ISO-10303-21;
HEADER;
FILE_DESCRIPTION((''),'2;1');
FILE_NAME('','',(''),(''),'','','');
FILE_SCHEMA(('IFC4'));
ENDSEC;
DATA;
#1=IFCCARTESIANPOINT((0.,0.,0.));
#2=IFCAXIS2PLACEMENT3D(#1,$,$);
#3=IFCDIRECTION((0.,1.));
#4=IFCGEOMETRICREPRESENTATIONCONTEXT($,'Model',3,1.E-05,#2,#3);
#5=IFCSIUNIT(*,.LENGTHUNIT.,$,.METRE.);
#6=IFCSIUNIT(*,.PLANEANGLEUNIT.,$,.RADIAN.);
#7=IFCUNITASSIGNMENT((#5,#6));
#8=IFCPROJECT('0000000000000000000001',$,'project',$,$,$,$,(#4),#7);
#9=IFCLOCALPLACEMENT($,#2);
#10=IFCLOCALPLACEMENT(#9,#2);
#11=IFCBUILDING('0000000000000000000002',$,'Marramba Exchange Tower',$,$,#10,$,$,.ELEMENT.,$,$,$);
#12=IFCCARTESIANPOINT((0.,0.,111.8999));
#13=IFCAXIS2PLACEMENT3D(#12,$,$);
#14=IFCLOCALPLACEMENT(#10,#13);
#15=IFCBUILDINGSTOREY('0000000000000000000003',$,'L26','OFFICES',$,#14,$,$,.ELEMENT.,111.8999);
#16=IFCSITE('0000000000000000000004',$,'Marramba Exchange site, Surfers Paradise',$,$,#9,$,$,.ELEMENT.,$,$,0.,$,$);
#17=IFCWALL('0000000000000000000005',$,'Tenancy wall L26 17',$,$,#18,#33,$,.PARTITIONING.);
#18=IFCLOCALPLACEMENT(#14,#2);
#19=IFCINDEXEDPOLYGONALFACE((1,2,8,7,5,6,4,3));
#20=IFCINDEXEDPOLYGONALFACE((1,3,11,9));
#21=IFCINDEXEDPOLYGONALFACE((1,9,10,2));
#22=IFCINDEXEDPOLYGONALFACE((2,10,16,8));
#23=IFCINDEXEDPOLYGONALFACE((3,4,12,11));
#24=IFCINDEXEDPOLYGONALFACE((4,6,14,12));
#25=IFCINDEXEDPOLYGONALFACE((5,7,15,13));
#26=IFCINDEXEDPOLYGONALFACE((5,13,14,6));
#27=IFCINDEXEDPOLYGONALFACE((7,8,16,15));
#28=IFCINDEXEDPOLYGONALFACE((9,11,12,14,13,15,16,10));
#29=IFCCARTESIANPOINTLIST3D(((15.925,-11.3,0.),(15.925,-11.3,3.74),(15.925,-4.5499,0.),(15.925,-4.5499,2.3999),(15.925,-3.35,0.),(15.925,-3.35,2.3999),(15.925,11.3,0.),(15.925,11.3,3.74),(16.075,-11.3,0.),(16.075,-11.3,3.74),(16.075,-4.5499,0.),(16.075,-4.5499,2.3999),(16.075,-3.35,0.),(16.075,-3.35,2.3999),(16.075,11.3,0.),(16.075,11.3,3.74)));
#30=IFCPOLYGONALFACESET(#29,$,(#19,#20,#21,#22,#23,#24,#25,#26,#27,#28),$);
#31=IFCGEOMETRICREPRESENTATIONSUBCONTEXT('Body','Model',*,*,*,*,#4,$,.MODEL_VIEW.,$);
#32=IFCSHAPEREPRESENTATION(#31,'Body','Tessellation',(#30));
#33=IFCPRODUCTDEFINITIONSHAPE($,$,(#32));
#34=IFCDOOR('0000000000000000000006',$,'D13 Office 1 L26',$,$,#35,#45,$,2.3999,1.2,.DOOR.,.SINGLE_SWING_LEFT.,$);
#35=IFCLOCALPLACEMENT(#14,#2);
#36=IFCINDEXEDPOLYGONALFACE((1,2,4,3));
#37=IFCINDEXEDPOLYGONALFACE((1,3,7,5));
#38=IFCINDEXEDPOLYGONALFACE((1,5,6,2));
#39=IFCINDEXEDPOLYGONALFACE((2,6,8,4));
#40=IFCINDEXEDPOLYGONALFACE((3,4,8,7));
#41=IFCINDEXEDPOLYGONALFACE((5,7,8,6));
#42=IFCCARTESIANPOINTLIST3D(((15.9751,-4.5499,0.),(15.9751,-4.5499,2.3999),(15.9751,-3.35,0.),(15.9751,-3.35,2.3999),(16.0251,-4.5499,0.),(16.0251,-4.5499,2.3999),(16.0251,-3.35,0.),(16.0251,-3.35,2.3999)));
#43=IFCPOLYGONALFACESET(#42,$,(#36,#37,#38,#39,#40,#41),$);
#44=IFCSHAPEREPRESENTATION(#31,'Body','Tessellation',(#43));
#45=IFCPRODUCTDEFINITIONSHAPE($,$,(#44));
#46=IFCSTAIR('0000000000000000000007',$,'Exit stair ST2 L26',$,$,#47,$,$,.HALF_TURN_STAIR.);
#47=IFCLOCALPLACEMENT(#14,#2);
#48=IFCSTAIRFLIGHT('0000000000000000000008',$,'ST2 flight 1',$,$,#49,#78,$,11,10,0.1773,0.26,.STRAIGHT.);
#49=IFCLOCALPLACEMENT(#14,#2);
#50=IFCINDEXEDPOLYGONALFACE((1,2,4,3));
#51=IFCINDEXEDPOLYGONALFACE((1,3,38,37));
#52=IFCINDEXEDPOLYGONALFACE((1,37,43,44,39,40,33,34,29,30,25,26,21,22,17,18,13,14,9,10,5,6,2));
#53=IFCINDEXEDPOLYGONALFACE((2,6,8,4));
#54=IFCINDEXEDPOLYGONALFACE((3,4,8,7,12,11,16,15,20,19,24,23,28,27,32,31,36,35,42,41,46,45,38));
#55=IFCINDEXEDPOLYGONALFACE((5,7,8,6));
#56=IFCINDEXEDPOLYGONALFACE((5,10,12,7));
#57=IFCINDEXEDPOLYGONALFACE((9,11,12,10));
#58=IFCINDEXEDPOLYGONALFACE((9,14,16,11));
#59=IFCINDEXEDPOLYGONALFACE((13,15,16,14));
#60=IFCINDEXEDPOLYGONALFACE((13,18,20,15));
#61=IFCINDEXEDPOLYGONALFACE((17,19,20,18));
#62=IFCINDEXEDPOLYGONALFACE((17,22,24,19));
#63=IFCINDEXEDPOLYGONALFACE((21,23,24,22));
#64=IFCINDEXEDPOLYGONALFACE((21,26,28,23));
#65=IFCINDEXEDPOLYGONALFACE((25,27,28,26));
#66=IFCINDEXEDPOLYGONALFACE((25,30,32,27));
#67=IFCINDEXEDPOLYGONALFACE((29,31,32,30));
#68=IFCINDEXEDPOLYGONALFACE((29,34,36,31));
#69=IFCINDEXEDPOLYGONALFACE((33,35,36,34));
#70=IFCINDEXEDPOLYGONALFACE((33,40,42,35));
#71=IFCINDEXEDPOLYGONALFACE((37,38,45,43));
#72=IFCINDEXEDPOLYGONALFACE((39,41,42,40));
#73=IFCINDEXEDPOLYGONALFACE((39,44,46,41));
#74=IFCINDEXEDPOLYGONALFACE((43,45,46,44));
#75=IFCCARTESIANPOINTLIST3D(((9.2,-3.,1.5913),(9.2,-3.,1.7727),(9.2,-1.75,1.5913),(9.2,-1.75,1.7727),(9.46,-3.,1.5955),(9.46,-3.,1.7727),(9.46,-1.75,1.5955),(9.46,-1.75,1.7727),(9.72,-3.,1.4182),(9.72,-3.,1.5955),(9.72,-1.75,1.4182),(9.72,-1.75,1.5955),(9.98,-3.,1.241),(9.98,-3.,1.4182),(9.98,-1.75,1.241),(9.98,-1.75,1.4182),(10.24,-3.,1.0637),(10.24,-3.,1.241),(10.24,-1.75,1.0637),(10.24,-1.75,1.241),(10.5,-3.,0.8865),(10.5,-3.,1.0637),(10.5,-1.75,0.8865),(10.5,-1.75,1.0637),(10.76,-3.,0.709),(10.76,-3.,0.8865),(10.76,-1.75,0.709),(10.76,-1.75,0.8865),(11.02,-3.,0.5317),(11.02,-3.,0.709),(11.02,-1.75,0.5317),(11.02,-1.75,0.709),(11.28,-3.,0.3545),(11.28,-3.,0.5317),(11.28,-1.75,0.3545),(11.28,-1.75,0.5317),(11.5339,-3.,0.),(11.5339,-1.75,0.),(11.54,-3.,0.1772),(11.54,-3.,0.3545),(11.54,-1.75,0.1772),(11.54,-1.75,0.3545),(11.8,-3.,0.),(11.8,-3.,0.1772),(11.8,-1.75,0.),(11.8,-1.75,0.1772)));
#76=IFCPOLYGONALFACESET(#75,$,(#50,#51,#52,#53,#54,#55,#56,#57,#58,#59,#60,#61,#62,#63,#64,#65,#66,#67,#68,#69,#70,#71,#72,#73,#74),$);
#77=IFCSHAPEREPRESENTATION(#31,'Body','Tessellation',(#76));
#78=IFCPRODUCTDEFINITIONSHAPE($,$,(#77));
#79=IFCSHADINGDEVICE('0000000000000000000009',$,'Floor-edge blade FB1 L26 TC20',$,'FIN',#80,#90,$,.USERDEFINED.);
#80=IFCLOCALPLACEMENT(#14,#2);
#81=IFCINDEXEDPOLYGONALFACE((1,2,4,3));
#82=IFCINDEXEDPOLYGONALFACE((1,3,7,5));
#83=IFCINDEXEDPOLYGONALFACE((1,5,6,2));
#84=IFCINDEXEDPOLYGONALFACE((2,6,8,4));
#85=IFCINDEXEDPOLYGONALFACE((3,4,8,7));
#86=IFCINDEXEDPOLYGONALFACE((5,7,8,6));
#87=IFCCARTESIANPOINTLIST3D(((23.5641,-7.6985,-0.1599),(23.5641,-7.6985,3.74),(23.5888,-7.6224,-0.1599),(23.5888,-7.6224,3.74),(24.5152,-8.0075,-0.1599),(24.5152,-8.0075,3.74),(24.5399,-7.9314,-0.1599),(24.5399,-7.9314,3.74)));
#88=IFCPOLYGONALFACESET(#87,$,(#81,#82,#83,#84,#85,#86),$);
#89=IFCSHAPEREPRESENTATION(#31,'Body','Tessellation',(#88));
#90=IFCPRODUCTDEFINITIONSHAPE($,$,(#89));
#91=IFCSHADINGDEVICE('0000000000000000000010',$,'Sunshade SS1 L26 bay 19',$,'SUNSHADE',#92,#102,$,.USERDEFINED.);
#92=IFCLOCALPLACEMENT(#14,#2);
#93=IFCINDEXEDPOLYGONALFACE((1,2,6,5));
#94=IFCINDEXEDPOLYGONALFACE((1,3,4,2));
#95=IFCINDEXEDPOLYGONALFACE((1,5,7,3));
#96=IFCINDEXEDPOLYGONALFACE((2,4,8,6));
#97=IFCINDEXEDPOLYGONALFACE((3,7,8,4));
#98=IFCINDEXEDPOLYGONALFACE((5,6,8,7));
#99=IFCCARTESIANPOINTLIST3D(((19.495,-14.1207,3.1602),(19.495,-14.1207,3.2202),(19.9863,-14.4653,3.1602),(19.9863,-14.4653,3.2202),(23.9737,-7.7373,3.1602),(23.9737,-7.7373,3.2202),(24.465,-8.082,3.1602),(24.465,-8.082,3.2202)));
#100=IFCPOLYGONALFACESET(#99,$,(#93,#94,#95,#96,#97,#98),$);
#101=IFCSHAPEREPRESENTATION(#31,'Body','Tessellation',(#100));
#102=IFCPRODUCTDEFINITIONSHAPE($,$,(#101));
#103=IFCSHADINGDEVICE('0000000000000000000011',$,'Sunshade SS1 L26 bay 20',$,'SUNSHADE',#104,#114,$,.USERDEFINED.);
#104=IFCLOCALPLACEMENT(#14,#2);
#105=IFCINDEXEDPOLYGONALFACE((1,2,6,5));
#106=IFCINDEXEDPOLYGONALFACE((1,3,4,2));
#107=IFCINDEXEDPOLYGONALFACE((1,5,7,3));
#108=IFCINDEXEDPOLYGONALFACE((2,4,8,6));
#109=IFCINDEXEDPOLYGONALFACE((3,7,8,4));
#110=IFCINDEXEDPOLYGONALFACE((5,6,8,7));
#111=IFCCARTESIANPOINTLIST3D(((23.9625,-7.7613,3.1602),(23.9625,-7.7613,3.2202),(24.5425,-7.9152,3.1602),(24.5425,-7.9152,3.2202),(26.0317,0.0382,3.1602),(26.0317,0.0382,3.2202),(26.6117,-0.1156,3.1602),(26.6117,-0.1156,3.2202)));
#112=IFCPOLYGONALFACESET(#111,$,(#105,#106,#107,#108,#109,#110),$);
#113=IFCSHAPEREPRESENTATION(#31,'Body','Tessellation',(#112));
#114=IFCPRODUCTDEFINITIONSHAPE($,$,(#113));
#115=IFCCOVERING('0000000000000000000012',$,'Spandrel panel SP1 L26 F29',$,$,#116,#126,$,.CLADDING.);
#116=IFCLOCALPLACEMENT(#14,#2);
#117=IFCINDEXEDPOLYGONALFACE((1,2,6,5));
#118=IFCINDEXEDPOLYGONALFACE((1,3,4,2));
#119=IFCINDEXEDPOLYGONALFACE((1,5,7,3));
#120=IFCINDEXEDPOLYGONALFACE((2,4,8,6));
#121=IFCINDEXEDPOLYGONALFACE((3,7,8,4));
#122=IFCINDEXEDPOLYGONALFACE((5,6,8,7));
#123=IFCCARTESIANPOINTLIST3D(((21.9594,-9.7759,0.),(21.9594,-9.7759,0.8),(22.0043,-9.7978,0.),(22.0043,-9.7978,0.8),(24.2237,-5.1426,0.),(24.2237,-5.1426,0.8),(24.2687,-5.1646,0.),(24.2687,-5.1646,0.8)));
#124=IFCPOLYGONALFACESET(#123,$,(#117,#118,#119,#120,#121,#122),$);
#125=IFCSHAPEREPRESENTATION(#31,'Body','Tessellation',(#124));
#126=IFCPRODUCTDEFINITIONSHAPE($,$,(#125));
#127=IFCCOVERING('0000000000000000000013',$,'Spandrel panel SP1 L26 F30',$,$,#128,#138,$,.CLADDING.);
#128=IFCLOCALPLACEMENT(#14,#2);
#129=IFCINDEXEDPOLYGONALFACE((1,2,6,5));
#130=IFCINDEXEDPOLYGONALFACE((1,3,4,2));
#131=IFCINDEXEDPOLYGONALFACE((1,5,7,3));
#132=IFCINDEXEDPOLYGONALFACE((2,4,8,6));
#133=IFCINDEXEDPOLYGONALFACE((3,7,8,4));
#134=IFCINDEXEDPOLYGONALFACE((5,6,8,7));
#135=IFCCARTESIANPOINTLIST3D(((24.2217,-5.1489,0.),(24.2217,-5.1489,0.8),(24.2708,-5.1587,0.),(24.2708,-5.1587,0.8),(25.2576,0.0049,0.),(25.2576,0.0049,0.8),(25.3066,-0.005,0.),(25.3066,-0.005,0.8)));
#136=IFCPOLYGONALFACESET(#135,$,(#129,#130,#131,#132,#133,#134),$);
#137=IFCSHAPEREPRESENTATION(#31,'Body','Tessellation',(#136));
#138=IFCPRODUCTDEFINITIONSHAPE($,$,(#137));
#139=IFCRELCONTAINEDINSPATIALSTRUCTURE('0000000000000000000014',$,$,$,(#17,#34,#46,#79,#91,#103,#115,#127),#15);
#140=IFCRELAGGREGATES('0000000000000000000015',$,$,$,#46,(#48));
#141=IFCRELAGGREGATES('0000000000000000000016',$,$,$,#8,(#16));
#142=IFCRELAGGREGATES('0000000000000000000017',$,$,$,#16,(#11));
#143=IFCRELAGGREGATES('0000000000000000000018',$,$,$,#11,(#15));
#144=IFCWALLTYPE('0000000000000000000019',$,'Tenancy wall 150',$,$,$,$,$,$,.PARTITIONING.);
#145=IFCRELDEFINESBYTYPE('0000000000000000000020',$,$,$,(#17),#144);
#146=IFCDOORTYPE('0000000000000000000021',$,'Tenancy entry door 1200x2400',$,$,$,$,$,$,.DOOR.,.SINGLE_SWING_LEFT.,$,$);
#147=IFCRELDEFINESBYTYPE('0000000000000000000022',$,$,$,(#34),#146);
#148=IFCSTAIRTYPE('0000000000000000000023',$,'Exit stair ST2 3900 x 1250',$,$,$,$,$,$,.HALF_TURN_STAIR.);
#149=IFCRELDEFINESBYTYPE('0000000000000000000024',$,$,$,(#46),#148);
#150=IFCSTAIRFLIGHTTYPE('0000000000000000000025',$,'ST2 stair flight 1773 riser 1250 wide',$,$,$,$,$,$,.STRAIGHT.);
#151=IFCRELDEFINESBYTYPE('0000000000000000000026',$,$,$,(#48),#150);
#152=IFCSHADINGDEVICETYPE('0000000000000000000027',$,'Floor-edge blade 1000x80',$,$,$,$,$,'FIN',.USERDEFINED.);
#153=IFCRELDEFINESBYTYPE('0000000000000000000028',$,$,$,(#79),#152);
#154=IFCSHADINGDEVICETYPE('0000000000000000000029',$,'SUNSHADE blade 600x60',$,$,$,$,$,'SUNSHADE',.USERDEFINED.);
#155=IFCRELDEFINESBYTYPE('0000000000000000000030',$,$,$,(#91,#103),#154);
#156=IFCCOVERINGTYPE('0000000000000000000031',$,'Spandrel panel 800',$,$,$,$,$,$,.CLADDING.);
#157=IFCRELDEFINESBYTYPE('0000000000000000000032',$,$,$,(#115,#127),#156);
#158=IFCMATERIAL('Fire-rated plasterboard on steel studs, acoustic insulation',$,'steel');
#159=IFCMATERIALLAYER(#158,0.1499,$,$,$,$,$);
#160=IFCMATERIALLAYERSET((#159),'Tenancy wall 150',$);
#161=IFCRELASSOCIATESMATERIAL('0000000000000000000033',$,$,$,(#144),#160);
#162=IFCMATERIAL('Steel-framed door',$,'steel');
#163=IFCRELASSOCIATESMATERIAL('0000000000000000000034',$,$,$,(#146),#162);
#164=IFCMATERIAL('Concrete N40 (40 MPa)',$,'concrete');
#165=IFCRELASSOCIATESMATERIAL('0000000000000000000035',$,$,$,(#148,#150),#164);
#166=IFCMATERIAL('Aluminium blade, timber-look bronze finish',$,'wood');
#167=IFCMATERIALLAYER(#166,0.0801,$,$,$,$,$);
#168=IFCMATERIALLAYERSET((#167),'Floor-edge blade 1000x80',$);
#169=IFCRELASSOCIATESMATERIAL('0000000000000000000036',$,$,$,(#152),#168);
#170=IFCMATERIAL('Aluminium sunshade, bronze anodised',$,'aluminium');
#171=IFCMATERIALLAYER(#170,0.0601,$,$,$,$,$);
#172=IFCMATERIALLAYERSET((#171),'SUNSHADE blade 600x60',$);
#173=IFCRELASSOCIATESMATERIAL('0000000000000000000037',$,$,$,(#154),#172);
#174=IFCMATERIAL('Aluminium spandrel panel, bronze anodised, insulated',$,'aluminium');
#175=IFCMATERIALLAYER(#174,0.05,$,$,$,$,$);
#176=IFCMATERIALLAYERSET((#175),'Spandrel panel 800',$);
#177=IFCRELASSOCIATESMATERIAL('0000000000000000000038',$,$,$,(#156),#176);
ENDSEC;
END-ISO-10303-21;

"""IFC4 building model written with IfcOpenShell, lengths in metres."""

from ifc_helpers import new_model, si_unit, direction, frame, frame_2d, origin, origin_2d, place, context, subcontext, project, spatial, polyline, rectangle, outline, extrude, material, layer, layer_set, type_object, element, fill, aggregate, save


model = new_model("IFC4")

# Units and contexts
model_context = context("Model", 3, precision=1e-05, world=origin(), true_north=direction((0.0, 1.0)))
body_context = subcontext(model_context, "Body", "Model", "MODEL_VIEW")
ifc_project = project(units=[si_unit("LENGTHUNIT", "METRE"), si_unit("PLANEANGLEUNIT", "RADIAN")], contexts=[model_context])

# Site, building, storey
site_placement = place(None, origin())
site = spatial("IfcSite", under=ifc_project, at=site_placement, Name="Marramba Exchange site, Surfers Paradise", CompositionType="ELEMENT", RefElevation=0.0)
building_placement = place(site_placement, origin())
building = spatial("IfcBuilding", under=site, at=building_placement, Name="Marramba Exchange Tower", CompositionType="ELEMENT")
storey_placement = place(building_placement, frame((0.0, 0.0, 111.8999)))
storey = spatial("IfcBuildingStorey", under=building, at=storey_placement, Name="L26", Description="OFFICES", CompositionType="ELEMENT", Elevation=111.8999)

# Wall, opening, door
ifc_material_1 = material(Name="Steel-framed door", Category="steel")
ifc_material_2 = material(Name="Fire-rated plasterboard on steel studs, acoustic insulation", Category="steel")
ifc_layer_1 = layer(ifc_material_2, 0.1499)
ifc_layer_set_1 = layer_set([ifc_layer_1], Name="Tenancy wall 150")
wall_type_1 = type_object("IfcWallType", Name="Tenancy wall 150", PredefinedType="PARTITIONING", material=ifc_layer_set_1)
wall_1_placement = place(storey_placement, frame((16.0, -11.3, 0.0), z_axis=(0.0, 0.0, 1.0), x_axis=(0.0, 1.0, 0.0)))
wall_1 = element("IfcWall", 1, at=wall_1_placement, inside=storey, type_object=wall_type_1, Name="Tenancy wall L26 17", PredefinedType="PARTITIONING", context=body_context, shape_type="SweptSolid", body=[
    extrude(rectangle(XDim=22.6001, YDim=0.1499, at=frame_2d((11.3, 0.0))), origin(), (0.0, 0.0, 1.0), 3.74),
])
opening_1_placement = place(wall_1_placement, frame((6.75, 0.0, 0.0)))
opening_1 = element("IfcOpeningElement", 2, at=opening_1_placement, cuts=wall_1, PredefinedType="OPENING", context=body_context, shape_type="SweptSolid", body=[
    extrude(rectangle(XDim=1.2, YDim=2.3999, at=frame_2d((0.6001, 1.2))), frame((0.0, 0.085, 0.0), z_axis=(0.0, -1.0, 0.0), x_axis=(1.0, 0.0, 0.0)), (0.0, 0.0, 1.0), 0.1699),
])
door_type_1 = type_object("IfcDoorType", Name="Tenancy entry door 1200x2400", OperationType="SINGLE_SWING_LEFT", PredefinedType="DOOR", material=ifc_material_1)
door_1_placement = place(opening_1_placement, origin())
door_1 = element("IfcDoor", 3, at=door_1_placement, inside=storey, type_object=door_type_1, Name="D13 Office 1 L26", OperationType="SINGLE_SWING_LEFT", OverallHeight=2.3999, OverallWidth=1.2, PredefinedType="DOOR", context=body_context, shape_type="SweptSolid", body=[
    extrude(rectangle(XDim=1.2, YDim=2.3999, at=frame_2d((0.6001, 1.2))), frame((0.0, 0.0249, 0.0), z_axis=(0.0, -1.0, 0.0), x_axis=(1.0, 0.0, 0.0)), (0.0, 0.0, 1.0), 0.05),
])
fill(opening_1, door_1)

# Stair, stair flight
ifc_material_3 = material(Name="Concrete N40 (40 MPa)", Category="concrete")
stair_type = type_object("IfcStairType", Name="Exit stair ST2 3900 x 1250", PredefinedType="HALF_TURN_STAIR", material=ifc_material_3)
stair_placement = place(storey_placement, origin())
stair = element("IfcStair", 4, at=stair_placement, inside=storey, type_object=stair_type, Name="Exit stair ST2 L26", PredefinedType="HALF_TURN_STAIR")
stair_flight_type = type_object("IfcStairFlightType", Name="ST2 stair flight 1773 riser 1250 wide", PredefinedType="STRAIGHT", material=ifc_material_3)
stair_flight_placement = place(storey_placement, frame((11.8, -2.375, 0.0), z_axis=(0.0, 0.0, 1.0), x_axis=(-1.0, 0.0, 0.0)))
stair_flight = element("IfcStairFlight", 5, at=stair_flight_placement, type_object=stair_flight_type, Name="ST2 flight 1", NumberOfRisers=11, NumberOfTreads=10, PredefinedType="STRAIGHT", RiserHeight=0.1773, TreadLength=0.26, context=body_context, shape_type="SweptSolid", body=[
    extrude(outline(polyline([(0.0, 0.0), (0.0, 0.1772), (0.26, 0.1772), (0.26, 0.3545), (0.52, 0.3545), (0.52, 0.5317), (0.78, 0.5317), (0.78, 0.709), (1.04, 0.709), (1.04, 0.8865), (1.3, 0.8865), (1.3, 1.0637), (1.5601, 1.0637), (1.5601, 1.241), (1.8201, 1.241), (1.8201, 1.4182), (2.0801, 1.4182), (2.0801, 1.5955), (2.3401, 1.5955), (2.3401, 1.7727), (2.6001, 1.7727), (2.6001, 1.95), (2.6001, 1.5913), (0.2661, 0.0), (0.0, 0.0)])), frame((0.0, 0.625, 0.0), z_axis=(0.0, -1.0, 0.0), x_axis=(1.0, 0.0, 0.0)), (0.0, 0.0, 1.0), 1.25),
])
aggregate(stair, [stair_flight])

# Shading devices
ifc_material_4 = material(Name="Aluminium blade, timber-look bronze finish", Category="wood")
ifc_layer_2 = layer(ifc_material_4, 0.0801)
ifc_layer_set_2 = layer_set([ifc_layer_2], Name="Floor-edge blade 1000x80")
shading_device_type_1 = type_object("IfcShadingDeviceType", Name="Floor-edge blade 1000x80", ElementType="FIN", PredefinedType="USERDEFINED", material=ifc_layer_set_2)
shading_device_1_placement = place(storey_placement, frame((24.052, -7.8149, -0.1599), z_axis=(0.0, 0.0, 1.0), x_axis=(0.951057, -0.309017, 0.0)))
element("IfcShadingDevice", 6, at=shading_device_1_placement, inside=storey, type_object=shading_device_type_1, Name="Floor-edge blade FB1 L26 TC20", ObjectType="FIN", PredefinedType="USERDEFINED", context=body_context, shape_type="SweptSolid", body=[
    extrude(rectangle(XDim=1.0, YDim=0.0801, at=origin_2d()), origin(), (0.0, 0.0, 1.0), 3.8999),
])
ifc_material_5 = material(Name="Aluminium sunshade, bronze anodised", Category="aluminium")
ifc_layer_3 = layer(ifc_material_5, 0.0601)
ifc_layer_set_3 = layer_set([ifc_layer_3], Name="SUNSHADE blade 600x60")
shading_device_type_2 = type_object("IfcShadingDeviceType", Name="SUNSHADE blade 600x60", ElementType="SUNSHADE", PredefinedType="USERDEFINED", material=ifc_layer_set_3)
shading_device_2_placement = place(storey_placement, frame((21.98, -11.1013, 3.1602), z_axis=(0.0, 0.0, 1.0), x_axis=(0.574351, 0.818609, 0.0)))
element("IfcShadingDevice", 7, at=shading_device_2_placement, inside=storey, type_object=shading_device_type_2, Name="Sunshade SS1 L26 bay 19", ObjectType="SUNSHADE", PredefinedType="USERDEFINED", context=body_context, shape_type="SweptSolid", body=[
    extrude(rectangle(XDim=7.7979, YDim=0.6001, at=origin_2d()), origin(), (0.0, 0.0, 1.0), 0.0601),
])
shading_device_3_placement = place(storey_placement, frame((25.2871, -3.9385, 3.1602), z_axis=(0.0, 0.0, 1.0), x_axis=(0.256423, 0.966565, 0.0)))
element("IfcShadingDevice", 8, at=shading_device_3_placement, inside=storey, type_object=shading_device_type_2, Name="Sunshade SS1 L26 bay 20", ObjectType="SUNSHADE", PredefinedType="USERDEFINED", context=body_context, shape_type="SweptSolid", body=[
    extrude(rectangle(XDim=8.0693, YDim=0.6001, at=origin_2d()), origin(), (0.0, 0.0, 1.0), 0.0601),
])

# Coverings
ifc_material_6 = material(Name="Aluminium spandrel panel, bronze anodised, insulated", Category="aluminium")
ifc_layer_4 = layer(ifc_material_6, 0.05)
ifc_layer_set_4 = layer_set([ifc_layer_4], Name="Spandrel panel 800")
covering_type = type_object("IfcCoveringType", Name="Spandrel panel 800", PredefinedType="CLADDING", material=ifc_layer_set_4)
covering_1_placement = place(storey_placement, frame((23.114, -7.4702, 0.0), z_axis=(0.0, 0.0, 1.0), x_axis=(0.439086, 0.898445, 0.0)))
element("IfcCovering", 9, at=covering_1_placement, inside=storey, type_object=covering_type, Name="Spandrel panel SP1 L26 F29", PredefinedType="CLADDING", context=body_context, shape_type="SweptSolid", body=[
    extrude(rectangle(XDim=5.157, YDim=0.05, at=origin_2d()), origin(), (0.0, 0.0, 1.0), 0.8),
])
covering_2_placement = place(storey_placement, frame((24.7642, -2.5769, 0.0), z_axis=(0.0, 0.0, 1.0), x_axis=(0.197049, 0.980394, 0.0)))
element("IfcCovering", 10, at=covering_2_placement, inside=storey, type_object=covering_type, Name="Spandrel panel SP1 L26 F30", PredefinedType="CLADDING", context=body_context, shape_type="SweptSolid", body=[
    extrude(rectangle(XDim=5.2568, YDim=0.05, at=origin_2d()), origin(), (0.0, 0.0, 1.0), 0.8),
])

save(model, "model.ifc")
